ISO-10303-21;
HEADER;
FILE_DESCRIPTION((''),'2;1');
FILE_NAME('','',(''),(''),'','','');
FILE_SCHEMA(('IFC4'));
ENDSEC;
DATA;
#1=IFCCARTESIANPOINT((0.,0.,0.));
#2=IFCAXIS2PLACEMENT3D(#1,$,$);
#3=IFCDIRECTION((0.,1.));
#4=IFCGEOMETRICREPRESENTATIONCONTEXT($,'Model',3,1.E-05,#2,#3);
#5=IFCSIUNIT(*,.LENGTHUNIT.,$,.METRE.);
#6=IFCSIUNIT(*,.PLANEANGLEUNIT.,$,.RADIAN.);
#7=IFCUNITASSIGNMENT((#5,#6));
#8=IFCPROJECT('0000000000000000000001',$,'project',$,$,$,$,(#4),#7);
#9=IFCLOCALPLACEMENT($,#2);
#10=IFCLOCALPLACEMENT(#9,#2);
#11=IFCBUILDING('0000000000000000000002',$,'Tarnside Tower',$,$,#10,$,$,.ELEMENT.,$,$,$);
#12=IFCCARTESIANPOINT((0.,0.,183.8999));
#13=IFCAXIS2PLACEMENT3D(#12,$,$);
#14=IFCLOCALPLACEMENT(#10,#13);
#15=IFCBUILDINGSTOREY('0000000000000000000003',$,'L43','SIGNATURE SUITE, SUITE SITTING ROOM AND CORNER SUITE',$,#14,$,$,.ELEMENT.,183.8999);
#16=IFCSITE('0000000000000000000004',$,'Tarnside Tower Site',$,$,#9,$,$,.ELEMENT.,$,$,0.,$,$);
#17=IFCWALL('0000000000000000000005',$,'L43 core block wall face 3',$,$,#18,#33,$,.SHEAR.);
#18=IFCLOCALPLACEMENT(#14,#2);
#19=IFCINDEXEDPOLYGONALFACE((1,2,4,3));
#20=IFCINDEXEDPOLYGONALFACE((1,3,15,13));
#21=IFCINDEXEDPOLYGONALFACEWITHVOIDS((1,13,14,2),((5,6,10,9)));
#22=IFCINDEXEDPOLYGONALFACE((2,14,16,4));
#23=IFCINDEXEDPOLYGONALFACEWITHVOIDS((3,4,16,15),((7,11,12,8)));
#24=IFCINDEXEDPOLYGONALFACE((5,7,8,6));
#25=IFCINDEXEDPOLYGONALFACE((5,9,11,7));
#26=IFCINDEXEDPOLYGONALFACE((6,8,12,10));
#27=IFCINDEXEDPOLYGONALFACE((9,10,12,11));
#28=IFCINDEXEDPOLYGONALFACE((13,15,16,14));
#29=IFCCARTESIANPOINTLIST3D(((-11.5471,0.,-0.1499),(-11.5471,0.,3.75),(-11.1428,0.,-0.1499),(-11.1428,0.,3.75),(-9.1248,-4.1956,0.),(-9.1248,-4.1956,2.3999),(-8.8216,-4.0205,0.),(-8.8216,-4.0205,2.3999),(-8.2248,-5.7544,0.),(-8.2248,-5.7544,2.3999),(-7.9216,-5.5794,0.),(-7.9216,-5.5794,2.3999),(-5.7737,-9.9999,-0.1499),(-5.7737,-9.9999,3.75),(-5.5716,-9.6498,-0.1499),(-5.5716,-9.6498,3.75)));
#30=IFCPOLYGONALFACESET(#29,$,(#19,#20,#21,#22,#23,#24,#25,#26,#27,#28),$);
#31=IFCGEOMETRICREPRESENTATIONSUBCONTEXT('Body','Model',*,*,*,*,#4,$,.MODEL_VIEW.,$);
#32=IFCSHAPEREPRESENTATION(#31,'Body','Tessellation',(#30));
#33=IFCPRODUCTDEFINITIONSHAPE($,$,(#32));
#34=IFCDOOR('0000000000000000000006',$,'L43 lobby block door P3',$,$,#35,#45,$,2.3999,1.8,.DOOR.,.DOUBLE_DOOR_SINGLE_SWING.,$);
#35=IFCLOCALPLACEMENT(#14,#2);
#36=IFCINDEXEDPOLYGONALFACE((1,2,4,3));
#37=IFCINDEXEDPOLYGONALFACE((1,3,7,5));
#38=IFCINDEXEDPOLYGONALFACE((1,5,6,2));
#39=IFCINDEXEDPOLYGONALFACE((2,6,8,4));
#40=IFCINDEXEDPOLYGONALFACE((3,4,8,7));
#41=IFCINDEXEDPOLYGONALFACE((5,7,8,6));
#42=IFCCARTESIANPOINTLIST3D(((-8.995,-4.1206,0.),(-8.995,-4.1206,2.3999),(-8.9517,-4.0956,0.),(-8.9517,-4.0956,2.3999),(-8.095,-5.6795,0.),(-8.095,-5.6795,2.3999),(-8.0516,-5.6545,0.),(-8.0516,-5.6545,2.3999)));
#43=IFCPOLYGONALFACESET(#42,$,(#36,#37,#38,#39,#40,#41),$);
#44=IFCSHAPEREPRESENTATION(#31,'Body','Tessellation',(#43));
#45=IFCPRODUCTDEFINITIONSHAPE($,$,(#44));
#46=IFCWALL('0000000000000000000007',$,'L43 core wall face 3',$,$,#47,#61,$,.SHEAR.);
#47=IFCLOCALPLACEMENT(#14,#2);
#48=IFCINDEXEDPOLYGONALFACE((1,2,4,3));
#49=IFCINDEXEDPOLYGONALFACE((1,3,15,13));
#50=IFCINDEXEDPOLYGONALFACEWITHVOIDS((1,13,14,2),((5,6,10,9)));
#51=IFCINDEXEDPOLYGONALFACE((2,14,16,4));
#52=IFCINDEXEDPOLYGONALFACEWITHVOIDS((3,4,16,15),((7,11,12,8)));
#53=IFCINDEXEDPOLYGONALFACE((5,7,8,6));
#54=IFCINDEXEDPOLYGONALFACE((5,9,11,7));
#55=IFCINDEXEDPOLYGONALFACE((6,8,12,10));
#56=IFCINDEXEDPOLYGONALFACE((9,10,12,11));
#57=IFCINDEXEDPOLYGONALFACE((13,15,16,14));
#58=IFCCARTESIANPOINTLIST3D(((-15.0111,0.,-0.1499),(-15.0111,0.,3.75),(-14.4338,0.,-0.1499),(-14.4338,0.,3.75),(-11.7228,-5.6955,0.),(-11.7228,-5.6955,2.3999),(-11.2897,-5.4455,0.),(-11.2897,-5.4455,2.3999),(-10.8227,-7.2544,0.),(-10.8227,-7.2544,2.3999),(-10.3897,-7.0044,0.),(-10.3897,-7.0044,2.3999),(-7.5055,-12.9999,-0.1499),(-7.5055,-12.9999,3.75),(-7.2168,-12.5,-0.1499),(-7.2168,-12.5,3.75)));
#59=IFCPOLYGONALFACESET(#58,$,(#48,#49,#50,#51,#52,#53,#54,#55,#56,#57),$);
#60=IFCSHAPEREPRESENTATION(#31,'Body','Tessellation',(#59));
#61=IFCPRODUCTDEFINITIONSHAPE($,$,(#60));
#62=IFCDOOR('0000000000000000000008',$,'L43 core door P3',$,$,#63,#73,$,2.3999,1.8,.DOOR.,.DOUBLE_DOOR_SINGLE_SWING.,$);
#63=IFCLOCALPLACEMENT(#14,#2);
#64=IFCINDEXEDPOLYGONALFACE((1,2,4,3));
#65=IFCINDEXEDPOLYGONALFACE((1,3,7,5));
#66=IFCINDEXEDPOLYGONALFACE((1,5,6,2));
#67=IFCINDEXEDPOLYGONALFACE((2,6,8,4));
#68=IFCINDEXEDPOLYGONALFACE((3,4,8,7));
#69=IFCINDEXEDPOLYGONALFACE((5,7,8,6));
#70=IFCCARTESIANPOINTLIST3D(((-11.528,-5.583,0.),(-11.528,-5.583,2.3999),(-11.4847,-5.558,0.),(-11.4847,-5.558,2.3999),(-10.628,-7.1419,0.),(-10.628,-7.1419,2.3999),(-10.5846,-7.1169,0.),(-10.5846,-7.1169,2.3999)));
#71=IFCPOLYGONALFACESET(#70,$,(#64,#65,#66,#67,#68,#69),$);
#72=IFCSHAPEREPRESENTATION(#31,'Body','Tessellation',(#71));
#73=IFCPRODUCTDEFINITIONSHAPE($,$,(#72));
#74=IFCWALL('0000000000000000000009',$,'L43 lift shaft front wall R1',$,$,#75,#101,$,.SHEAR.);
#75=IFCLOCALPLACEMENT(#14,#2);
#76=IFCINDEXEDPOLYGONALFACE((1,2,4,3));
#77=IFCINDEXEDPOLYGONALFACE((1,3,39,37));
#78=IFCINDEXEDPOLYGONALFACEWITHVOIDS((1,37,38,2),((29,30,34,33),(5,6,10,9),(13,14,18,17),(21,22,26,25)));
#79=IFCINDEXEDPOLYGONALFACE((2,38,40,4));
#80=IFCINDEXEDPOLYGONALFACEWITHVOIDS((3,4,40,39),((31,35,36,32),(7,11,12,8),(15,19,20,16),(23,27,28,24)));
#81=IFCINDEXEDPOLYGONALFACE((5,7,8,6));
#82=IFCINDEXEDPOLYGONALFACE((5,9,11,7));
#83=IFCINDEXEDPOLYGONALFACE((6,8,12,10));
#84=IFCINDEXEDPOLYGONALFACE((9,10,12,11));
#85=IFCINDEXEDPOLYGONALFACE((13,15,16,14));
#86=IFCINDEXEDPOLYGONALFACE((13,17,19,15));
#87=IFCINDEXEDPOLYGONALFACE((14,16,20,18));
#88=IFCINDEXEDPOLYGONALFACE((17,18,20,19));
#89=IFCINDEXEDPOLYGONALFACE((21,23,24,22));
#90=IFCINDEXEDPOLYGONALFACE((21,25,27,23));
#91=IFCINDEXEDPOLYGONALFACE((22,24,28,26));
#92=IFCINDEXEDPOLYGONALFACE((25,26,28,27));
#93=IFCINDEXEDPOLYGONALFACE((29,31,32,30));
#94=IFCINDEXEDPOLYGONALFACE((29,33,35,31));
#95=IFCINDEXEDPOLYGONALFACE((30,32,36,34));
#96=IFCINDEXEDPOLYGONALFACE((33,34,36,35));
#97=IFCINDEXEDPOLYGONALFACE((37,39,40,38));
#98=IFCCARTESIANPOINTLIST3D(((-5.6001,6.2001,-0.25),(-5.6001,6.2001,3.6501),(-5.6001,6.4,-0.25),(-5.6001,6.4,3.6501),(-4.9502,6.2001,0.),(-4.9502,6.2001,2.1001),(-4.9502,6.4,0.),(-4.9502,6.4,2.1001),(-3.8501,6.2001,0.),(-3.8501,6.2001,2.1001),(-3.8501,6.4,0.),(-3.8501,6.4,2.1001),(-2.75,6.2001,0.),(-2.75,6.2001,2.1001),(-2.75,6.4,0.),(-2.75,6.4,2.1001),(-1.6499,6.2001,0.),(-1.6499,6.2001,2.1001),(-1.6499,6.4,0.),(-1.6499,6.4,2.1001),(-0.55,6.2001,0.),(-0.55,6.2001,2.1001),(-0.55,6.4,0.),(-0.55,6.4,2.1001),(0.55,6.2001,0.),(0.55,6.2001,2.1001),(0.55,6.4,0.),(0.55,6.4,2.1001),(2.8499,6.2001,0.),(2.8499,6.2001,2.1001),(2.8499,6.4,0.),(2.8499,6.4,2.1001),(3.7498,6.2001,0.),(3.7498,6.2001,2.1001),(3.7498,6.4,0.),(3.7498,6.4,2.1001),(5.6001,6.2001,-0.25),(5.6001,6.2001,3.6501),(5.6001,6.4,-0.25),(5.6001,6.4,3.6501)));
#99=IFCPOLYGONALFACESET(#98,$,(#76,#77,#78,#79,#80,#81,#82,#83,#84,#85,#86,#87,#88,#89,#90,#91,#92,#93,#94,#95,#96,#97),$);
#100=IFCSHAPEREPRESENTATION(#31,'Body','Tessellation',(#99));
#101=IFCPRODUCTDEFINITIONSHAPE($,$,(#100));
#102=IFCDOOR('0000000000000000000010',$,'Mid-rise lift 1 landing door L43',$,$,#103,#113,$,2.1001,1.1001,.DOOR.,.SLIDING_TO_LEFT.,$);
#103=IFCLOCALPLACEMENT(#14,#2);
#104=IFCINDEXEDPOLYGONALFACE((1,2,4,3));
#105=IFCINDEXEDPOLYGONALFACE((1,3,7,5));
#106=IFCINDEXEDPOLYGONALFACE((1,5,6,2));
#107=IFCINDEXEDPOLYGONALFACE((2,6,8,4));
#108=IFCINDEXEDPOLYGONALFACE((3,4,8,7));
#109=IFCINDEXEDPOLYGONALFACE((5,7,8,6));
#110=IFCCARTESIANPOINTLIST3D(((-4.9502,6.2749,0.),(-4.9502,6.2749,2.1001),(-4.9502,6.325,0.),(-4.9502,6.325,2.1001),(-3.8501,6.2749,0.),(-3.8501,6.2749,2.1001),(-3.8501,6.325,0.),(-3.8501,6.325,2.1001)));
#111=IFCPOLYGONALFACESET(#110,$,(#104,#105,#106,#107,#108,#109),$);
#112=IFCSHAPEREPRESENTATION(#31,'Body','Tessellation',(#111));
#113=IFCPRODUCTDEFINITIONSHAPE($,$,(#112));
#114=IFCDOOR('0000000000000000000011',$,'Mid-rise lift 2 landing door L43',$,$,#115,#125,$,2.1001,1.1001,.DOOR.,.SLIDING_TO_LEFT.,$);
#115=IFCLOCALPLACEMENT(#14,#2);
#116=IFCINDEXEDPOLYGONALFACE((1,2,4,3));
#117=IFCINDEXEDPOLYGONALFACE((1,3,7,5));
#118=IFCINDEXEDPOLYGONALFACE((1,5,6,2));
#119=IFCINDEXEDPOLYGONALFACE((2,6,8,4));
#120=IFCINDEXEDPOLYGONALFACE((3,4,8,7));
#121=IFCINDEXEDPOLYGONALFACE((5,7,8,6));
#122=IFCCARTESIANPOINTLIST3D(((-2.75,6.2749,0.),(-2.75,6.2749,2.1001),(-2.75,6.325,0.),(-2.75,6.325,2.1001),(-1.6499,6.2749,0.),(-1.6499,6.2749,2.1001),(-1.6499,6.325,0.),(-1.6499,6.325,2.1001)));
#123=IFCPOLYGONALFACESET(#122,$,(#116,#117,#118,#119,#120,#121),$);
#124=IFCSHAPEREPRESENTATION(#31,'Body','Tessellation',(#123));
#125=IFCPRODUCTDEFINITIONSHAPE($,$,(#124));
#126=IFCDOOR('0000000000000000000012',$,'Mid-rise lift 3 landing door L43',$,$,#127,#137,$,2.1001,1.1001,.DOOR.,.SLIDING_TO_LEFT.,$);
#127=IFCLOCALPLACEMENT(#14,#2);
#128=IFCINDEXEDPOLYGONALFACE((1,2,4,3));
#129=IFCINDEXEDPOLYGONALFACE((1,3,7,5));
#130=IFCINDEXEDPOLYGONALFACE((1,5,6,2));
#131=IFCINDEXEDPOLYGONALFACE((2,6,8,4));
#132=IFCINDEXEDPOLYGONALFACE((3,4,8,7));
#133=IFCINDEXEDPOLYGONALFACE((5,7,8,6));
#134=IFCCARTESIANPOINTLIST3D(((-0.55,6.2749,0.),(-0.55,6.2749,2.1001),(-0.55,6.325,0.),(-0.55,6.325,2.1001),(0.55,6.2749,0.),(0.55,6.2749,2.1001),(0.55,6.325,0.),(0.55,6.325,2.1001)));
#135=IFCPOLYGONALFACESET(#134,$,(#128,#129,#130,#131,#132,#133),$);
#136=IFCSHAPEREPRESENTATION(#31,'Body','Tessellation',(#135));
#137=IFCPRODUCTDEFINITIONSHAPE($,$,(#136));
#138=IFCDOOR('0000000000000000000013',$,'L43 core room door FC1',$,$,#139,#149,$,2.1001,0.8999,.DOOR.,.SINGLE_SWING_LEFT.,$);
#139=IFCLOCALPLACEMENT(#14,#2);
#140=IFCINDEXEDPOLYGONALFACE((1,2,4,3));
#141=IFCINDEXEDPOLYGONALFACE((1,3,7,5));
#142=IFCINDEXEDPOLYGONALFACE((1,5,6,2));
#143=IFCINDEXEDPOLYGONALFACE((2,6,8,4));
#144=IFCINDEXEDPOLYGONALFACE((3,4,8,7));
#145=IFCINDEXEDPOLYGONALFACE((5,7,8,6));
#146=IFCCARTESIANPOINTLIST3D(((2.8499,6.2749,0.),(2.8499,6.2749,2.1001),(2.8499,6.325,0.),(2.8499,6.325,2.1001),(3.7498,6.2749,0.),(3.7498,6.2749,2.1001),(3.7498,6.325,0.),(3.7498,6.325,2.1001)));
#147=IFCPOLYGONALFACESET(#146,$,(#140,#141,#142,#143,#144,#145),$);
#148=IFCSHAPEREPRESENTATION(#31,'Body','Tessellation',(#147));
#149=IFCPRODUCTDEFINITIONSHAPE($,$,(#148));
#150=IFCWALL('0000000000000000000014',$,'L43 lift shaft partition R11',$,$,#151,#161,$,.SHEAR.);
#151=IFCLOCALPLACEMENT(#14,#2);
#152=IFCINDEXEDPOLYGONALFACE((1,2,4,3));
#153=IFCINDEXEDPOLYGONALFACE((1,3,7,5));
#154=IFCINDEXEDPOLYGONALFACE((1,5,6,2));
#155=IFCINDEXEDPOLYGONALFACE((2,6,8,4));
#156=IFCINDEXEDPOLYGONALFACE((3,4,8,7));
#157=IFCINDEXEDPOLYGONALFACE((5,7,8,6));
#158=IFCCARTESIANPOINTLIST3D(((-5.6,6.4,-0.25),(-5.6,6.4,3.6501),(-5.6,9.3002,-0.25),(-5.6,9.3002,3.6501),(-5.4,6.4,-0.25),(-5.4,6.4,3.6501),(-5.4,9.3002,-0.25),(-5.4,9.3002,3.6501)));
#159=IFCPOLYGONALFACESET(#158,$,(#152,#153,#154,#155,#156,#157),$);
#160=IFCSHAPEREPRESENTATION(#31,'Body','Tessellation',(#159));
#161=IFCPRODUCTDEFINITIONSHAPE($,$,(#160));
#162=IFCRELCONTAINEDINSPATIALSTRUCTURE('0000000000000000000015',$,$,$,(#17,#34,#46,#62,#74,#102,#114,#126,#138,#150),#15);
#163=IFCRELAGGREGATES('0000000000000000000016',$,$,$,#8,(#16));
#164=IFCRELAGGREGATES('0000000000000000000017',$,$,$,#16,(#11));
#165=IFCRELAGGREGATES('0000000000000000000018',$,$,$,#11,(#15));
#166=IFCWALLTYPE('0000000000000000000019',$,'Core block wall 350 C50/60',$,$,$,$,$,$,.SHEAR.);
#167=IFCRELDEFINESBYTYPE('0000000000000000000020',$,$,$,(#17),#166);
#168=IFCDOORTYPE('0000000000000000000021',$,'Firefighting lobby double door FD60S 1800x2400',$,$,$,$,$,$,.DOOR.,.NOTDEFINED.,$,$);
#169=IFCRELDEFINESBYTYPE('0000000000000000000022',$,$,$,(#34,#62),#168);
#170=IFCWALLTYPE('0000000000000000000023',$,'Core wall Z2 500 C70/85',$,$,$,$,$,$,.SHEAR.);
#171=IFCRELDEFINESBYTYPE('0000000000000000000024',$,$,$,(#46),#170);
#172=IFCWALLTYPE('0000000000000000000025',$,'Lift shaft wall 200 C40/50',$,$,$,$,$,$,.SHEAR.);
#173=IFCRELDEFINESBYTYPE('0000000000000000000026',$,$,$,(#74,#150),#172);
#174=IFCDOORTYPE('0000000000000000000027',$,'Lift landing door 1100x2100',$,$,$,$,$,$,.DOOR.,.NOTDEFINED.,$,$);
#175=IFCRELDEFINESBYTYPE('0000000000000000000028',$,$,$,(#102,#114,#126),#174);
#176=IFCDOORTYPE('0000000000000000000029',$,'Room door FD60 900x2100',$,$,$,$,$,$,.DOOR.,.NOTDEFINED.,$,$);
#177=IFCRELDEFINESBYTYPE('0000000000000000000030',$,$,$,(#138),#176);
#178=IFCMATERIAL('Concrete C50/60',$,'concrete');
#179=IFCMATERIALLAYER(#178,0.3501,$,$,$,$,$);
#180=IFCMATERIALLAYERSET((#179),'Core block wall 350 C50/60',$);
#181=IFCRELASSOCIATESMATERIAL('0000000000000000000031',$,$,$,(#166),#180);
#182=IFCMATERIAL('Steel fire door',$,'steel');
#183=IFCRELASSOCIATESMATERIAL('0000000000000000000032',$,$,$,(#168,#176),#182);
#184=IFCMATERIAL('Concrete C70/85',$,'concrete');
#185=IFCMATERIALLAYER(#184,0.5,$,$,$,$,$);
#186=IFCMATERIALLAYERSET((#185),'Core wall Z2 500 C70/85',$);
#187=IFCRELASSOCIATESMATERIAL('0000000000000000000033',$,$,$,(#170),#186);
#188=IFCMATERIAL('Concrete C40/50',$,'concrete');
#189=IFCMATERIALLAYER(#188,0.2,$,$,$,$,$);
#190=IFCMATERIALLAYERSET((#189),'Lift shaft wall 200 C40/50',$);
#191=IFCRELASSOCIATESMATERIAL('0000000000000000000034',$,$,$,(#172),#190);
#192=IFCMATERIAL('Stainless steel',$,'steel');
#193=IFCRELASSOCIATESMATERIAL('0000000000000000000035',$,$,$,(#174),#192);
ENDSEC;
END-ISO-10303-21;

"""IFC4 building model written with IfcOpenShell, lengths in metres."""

from ifc_helpers import new_model, si_unit, direction, frame, frame_2d, origin, place, context, subcontext, project, spatial, polyline, rectangle, outline, extrude, material, layer, layer_set, type_object, element, fill, save


model = new_model("IFC4")

# Units and contexts
model_context = context("Model", 3, precision=1e-05, world=origin(), true_north=direction((0.0, 1.0)))
body_context = subcontext(model_context, "Body", "Model", "MODEL_VIEW")
ifc_project = project(units=[si_unit("LENGTHUNIT", "METRE"), si_unit("PLANEANGLEUNIT", "RADIAN")], contexts=[model_context])

# Site, building, storey
site_placement = place(None, origin())
site = spatial("IfcSite", under=ifc_project, at=site_placement, Name="Tarnside Tower Site", CompositionType="ELEMENT", RefElevation=0.0)
building_placement = place(site_placement, origin())
building = spatial("IfcBuilding", under=site, at=building_placement, Name="Tarnside Tower", CompositionType="ELEMENT")
storey_placement = place(building_placement, frame((0.0, 0.0, 183.8999)))
storey = spatial("IfcBuildingStorey", under=building, at=storey_placement, Name="L43", Description="SIGNATURE SUITE, SUITE SITTING ROOM AND CORNER SUITE", CompositionType="ELEMENT", Elevation=183.8999)

# Walls, openings, doors
ifc_material_1 = material(Name="Concrete C50/60", Category="concrete")
ifc_layer_1 = layer(ifc_material_1, 0.3501)
ifc_layer_set_1 = layer_set([ifc_layer_1], Name="Core block wall 350 C50/60")
wall_type_1 = type_object("IfcWallType", Name="Core block wall 350 C50/60", PredefinedType="SHEAR", material=ifc_layer_set_1)
wall_1_placement = place(storey_placement, frame((-11.345, 0.0, -0.1499), z_axis=(0.0, 0.0, 1.0), x_axis=(0.499995, -0.866028, 0.0)))
wall_1 = element("IfcWall", 1, at=wall_1_placement, inside=storey, type_object=wall_type_1, Name="L43 core block wall face 3", PredefinedType="SHEAR", context=body_context, shape_type="SweptSolid", body=[
    extrude(outline(polyline([(-0.1011, -0.175), (11.4458, -0.175), (11.2437, 0.175), (0.1011, 0.175), (-0.1011, -0.175)])), origin(), (0.0, 0.0, 1.0), 3.8999),
])
opening_1_placement = place(wall_1_placement, frame((4.7437, 0.0, 0.1499)))
opening_1 = element("IfcOpeningElement", 2, at=opening_1_placement, cuts=wall_1, PredefinedType="OPENING", context=body_context, shape_type="SweptSolid", body=[
    extrude(rectangle(XDim=1.8, YDim=2.3999, at=frame_2d((0.8999, 1.2))), frame((0.0, 0.1851, 0.0), z_axis=(0.0, -1.0, 0.0), x_axis=(1.0, 0.0, 0.0)), (0.0, 0.0, 1.0), 0.3701),
])
ifc_material_2 = material(Name="Steel fire door", Category="steel")
door_type_1 = type_object("IfcDoorType", Name="Firefighting lobby double door FD60S 1800x2400", OperationType="NOTDEFINED", PredefinedType="DOOR", material=ifc_material_2)
door_1_placement = place(opening_1_placement, origin())
door_1 = element("IfcDoor", 3, at=door_1_placement, inside=storey, type_object=door_type_1, Name="L43 lobby block door P3", OperationType="DOUBLE_DOOR_SINGLE_SWING", OverallHeight=2.3999, OverallWidth=1.8, PredefinedType="DOOR", context=body_context, shape_type="SweptSolid", body=[
    extrude(rectangle(XDim=1.8, YDim=2.3999, at=frame_2d((0.8999, 1.2))), frame((0.0, 0.0249, 0.0), z_axis=(0.0, -1.0, 0.0), x_axis=(1.0, 0.0, 0.0)), (0.0, 0.0, 1.0), 0.05),
])
fill(opening_1, door_1)
ifc_material_3 = material(Name="Concrete C70/85", Category="concrete")
ifc_layer_2 = layer(ifc_material_3, 0.5)
ifc_layer_set_2 = layer_set([ifc_layer_2], Name="Core wall Z2 500 C70/85")
wall_type_2 = type_object("IfcWallType", Name="Core wall Z2 500 C70/85", PredefinedType="SHEAR", material=ifc_layer_set_2)
wall_2_placement = place(storey_placement, frame((-14.7224, 0.0, -0.1499), z_axis=(0.0, 0.0, 1.0), x_axis=(0.500006, -0.866022, 0.0)))
wall_2 = element("IfcWall", 4, at=wall_2_placement, inside=storey, type_object=wall_type_2, Name="L43 core wall face 3", PredefinedType="SHEAR", context=body_context, shape_type="SweptSolid", body=[
    extrude(outline(polyline([(-0.1443, -0.25), (14.8667, -0.25), (14.5781, 0.25), (0.1443, 0.25), (-0.1443, -0.25)])), origin(), (0.0, 0.0, 1.0), 3.8999),
])
opening_2_placement = place(wall_2_placement, frame((6.4324, 0.0, 0.1499)))
opening_2 = element("IfcOpeningElement", 5, at=opening_2_placement, cuts=wall_2, PredefinedType="OPENING", context=body_context, shape_type="SweptSolid", body=[
    extrude(rectangle(XDim=1.8, YDim=2.3999, at=frame_2d((0.8999, 1.2))), frame((0.0, 0.26, 0.0), z_axis=(0.0, -1.0, 0.0), x_axis=(1.0, 0.0, 0.0)), (0.0, 0.0, 1.0), 0.52),
])
door_2_placement = place(opening_2_placement, origin())
door_2 = element("IfcDoor", 6, at=door_2_placement, inside=storey, type_object=door_type_1, Name="L43 core door P3", OperationType="DOUBLE_DOOR_SINGLE_SWING", OverallHeight=2.3999, OverallWidth=1.8, PredefinedType="DOOR", context=body_context, shape_type="SweptSolid", body=[
    extrude(rectangle(XDim=1.8, YDim=2.3999, at=frame_2d((0.8999, 1.2))), frame((0.0, 0.0249, 0.0), z_axis=(0.0, -1.0, 0.0), x_axis=(1.0, 0.0, 0.0)), (0.0, 0.0, 1.0), 0.05),
])
fill(opening_2, door_2)

# Wall, openings, doors
ifc_material_4 = material(Name="Concrete C40/50", Category="concrete")
ifc_layer_3 = layer(ifc_material_4, 0.2)
ifc_layer_set_3 = layer_set([ifc_layer_3], Name="Lift shaft wall 200 C40/50")
wall_type_3 = type_object("IfcWallType", Name="Lift shaft wall 200 C40/50", PredefinedType="SHEAR", material=ifc_layer_set_3)
wall_3_placement = place(storey_placement, frame((-5.6001, 6.3, -0.25), z_axis=(0.0, 0.0, 1.0), x_axis=(1.0, 0.0, 0.0)))
wall_3 = element("IfcWall", 7, at=wall_3_placement, inside=storey, type_object=wall_type_3, Name="L43 lift shaft front wall R1", PredefinedType="SHEAR", context=body_context, shape_type="SweptSolid", body=[
    extrude(rectangle(XDim=11.2002, YDim=0.2, at=frame_2d((5.6001, 0.0))), origin(), (0.0, 0.0, 1.0), 3.9001),
])
opening_3_placement = place(wall_3_placement, frame((8.45, 0.0, 0.25)))
opening_3 = element("IfcOpeningElement", 8, at=opening_3_placement, cuts=wall_3, PredefinedType="OPENING", context=body_context, shape_type="SweptSolid", body=[
    extrude(rectangle(XDim=0.8999, YDim=2.1001, at=frame_2d((0.45, 1.05))), frame((0.0, 0.1099, 0.0), z_axis=(0.0, -1.0, 0.0), x_axis=(1.0, 0.0, 0.0)), (0.0, 0.0, 1.0), 0.22),
])
opening_4_placement = place(wall_3_placement, frame((0.6499, 0.0, 0.25)))
opening_4 = element("IfcOpeningElement", 9, at=opening_4_placement, cuts=wall_3, PredefinedType="OPENING", context=body_context, shape_type="SweptSolid", body=[
    extrude(rectangle(XDim=1.1001, YDim=2.1001, at=frame_2d((0.55, 1.05))), frame((0.0, 0.1099, 0.0), z_axis=(0.0, -1.0, 0.0), x_axis=(1.0, 0.0, 0.0)), (0.0, 0.0, 1.0), 0.22),
])
opening_5_placement = place(wall_3_placement, frame((2.8501, 0.0, 0.25)))
opening_5 = element("IfcOpeningElement", 10, at=opening_5_placement, cuts=wall_3, PredefinedType="OPENING", context=body_context, shape_type="SweptSolid", body=[
    extrude(rectangle(XDim=1.1001, YDim=2.1001, at=frame_2d((0.55, 1.05))), frame((0.0, 0.1099, 0.0), z_axis=(0.0, -1.0, 0.0), x_axis=(1.0, 0.0, 0.0)), (0.0, 0.0, 1.0), 0.22),
])
opening_6_placement = place(wall_3_placement, frame((5.05, 0.0, 0.25)))
opening_6 = element("IfcOpeningElement", 11, at=opening_6_placement, cuts=wall_3, PredefinedType="OPENING", context=body_context, shape_type="SweptSolid", body=[
    extrude(rectangle(XDim=1.1001, YDim=2.1001, at=frame_2d((0.55, 1.05))), frame((0.0, 0.1099, 0.0), z_axis=(0.0, -1.0, 0.0), x_axis=(1.0, 0.0, 0.0)), (0.0, 0.0, 1.0), 0.22),
])
ifc_material_5 = material(Name="Stainless steel", Category="steel")
door_type_2 = type_object("IfcDoorType", Name="Lift landing door 1100x2100", OperationType="NOTDEFINED", PredefinedType="DOOR", material=ifc_material_5)
door_3_placement = place(opening_4_placement, origin())
door_3 = element("IfcDoor", 12, at=door_3_placement, inside=storey, type_object=door_type_2, Name="Mid-rise lift 1 landing door L43", OperationType="SLIDING_TO_LEFT", OverallHeight=2.1001, OverallWidth=1.1001, PredefinedType="DOOR", context=body_context, shape_type="SweptSolid", body=[
    extrude(rectangle(XDim=1.1001, YDim=2.1001, at=frame_2d((0.55, 1.05))), frame((0.0, 0.0249, 0.0), z_axis=(0.0, -1.0, 0.0), x_axis=(1.0, 0.0, 0.0)), (0.0, 0.0, 1.0), 0.05),
])
fill(opening_4, door_3)
door_4_placement = place(opening_5_placement, origin())
door_4 = element("IfcDoor", 13, at=door_4_placement, inside=storey, type_object=door_type_2, Name="Mid-rise lift 2 landing door L43", OperationType="SLIDING_TO_LEFT", OverallHeight=2.1001, OverallWidth=1.1001, PredefinedType="DOOR", context=body_context, shape_type="SweptSolid", body=[
    extrude(rectangle(XDim=1.1001, YDim=2.1001, at=frame_2d((0.55, 1.05))), frame((0.0, 0.0249, 0.0), z_axis=(0.0, -1.0, 0.0), x_axis=(1.0, 0.0, 0.0)), (0.0, 0.0, 1.0), 0.05),
])
fill(opening_5, door_4)
door_5_placement = place(opening_6_placement, origin())
door_5 = element("IfcDoor", 14, at=door_5_placement, inside=storey, type_object=door_type_2, Name="Mid-rise lift 3 landing door L43", OperationType="SLIDING_TO_LEFT", OverallHeight=2.1001, OverallWidth=1.1001, PredefinedType="DOOR", context=body_context, shape_type="SweptSolid", body=[
    extrude(rectangle(XDim=1.1001, YDim=2.1001, at=frame_2d((0.55, 1.05))), frame((0.0, 0.0249, 0.0), z_axis=(0.0, -1.0, 0.0), x_axis=(1.0, 0.0, 0.0)), (0.0, 0.0, 1.0), 0.05),
])
fill(opening_6, door_5)
door_type_3 = type_object("IfcDoorType", Name="Room door FD60 900x2100", OperationType="NOTDEFINED", PredefinedType="DOOR", material=ifc_material_2)
door_6_placement = place(opening_3_placement, origin())
door_6 = element("IfcDoor", 15, at=door_6_placement, inside=storey, type_object=door_type_3, Name="L43 core room door FC1", OperationType="SINGLE_SWING_LEFT", OverallHeight=2.1001, OverallWidth=0.8999, PredefinedType="DOOR", context=body_context, shape_type="SweptSolid", body=[
    extrude(rectangle(XDim=0.8999, YDim=2.1001, at=frame_2d((0.45, 1.05))), frame((0.0, 0.0249, 0.0), z_axis=(0.0, -1.0, 0.0), x_axis=(1.0, 0.0, 0.0)), (0.0, 0.0, 1.0), 0.05),
])
fill(opening_3, door_6)

# Wall
wall_4_placement = place(storey_placement, frame((-5.5, 6.3999, -0.25), z_axis=(0.0, 0.0, 1.0), x_axis=(0.0, 1.0, 0.0)))
element("IfcWall", 16, at=wall_4_placement, inside=storey, type_object=wall_type_3, Name="L43 lift shaft partition R11", PredefinedType="SHEAR", context=body_context, shape_type="SweptSolid", body=[
    extrude(rectangle(XDim=2.9001, YDim=0.2, at=frame_2d((1.4502, 0.0))), origin(), (0.0, 0.0, 1.0), 3.9001),
])

save(model, "model.ifc")
